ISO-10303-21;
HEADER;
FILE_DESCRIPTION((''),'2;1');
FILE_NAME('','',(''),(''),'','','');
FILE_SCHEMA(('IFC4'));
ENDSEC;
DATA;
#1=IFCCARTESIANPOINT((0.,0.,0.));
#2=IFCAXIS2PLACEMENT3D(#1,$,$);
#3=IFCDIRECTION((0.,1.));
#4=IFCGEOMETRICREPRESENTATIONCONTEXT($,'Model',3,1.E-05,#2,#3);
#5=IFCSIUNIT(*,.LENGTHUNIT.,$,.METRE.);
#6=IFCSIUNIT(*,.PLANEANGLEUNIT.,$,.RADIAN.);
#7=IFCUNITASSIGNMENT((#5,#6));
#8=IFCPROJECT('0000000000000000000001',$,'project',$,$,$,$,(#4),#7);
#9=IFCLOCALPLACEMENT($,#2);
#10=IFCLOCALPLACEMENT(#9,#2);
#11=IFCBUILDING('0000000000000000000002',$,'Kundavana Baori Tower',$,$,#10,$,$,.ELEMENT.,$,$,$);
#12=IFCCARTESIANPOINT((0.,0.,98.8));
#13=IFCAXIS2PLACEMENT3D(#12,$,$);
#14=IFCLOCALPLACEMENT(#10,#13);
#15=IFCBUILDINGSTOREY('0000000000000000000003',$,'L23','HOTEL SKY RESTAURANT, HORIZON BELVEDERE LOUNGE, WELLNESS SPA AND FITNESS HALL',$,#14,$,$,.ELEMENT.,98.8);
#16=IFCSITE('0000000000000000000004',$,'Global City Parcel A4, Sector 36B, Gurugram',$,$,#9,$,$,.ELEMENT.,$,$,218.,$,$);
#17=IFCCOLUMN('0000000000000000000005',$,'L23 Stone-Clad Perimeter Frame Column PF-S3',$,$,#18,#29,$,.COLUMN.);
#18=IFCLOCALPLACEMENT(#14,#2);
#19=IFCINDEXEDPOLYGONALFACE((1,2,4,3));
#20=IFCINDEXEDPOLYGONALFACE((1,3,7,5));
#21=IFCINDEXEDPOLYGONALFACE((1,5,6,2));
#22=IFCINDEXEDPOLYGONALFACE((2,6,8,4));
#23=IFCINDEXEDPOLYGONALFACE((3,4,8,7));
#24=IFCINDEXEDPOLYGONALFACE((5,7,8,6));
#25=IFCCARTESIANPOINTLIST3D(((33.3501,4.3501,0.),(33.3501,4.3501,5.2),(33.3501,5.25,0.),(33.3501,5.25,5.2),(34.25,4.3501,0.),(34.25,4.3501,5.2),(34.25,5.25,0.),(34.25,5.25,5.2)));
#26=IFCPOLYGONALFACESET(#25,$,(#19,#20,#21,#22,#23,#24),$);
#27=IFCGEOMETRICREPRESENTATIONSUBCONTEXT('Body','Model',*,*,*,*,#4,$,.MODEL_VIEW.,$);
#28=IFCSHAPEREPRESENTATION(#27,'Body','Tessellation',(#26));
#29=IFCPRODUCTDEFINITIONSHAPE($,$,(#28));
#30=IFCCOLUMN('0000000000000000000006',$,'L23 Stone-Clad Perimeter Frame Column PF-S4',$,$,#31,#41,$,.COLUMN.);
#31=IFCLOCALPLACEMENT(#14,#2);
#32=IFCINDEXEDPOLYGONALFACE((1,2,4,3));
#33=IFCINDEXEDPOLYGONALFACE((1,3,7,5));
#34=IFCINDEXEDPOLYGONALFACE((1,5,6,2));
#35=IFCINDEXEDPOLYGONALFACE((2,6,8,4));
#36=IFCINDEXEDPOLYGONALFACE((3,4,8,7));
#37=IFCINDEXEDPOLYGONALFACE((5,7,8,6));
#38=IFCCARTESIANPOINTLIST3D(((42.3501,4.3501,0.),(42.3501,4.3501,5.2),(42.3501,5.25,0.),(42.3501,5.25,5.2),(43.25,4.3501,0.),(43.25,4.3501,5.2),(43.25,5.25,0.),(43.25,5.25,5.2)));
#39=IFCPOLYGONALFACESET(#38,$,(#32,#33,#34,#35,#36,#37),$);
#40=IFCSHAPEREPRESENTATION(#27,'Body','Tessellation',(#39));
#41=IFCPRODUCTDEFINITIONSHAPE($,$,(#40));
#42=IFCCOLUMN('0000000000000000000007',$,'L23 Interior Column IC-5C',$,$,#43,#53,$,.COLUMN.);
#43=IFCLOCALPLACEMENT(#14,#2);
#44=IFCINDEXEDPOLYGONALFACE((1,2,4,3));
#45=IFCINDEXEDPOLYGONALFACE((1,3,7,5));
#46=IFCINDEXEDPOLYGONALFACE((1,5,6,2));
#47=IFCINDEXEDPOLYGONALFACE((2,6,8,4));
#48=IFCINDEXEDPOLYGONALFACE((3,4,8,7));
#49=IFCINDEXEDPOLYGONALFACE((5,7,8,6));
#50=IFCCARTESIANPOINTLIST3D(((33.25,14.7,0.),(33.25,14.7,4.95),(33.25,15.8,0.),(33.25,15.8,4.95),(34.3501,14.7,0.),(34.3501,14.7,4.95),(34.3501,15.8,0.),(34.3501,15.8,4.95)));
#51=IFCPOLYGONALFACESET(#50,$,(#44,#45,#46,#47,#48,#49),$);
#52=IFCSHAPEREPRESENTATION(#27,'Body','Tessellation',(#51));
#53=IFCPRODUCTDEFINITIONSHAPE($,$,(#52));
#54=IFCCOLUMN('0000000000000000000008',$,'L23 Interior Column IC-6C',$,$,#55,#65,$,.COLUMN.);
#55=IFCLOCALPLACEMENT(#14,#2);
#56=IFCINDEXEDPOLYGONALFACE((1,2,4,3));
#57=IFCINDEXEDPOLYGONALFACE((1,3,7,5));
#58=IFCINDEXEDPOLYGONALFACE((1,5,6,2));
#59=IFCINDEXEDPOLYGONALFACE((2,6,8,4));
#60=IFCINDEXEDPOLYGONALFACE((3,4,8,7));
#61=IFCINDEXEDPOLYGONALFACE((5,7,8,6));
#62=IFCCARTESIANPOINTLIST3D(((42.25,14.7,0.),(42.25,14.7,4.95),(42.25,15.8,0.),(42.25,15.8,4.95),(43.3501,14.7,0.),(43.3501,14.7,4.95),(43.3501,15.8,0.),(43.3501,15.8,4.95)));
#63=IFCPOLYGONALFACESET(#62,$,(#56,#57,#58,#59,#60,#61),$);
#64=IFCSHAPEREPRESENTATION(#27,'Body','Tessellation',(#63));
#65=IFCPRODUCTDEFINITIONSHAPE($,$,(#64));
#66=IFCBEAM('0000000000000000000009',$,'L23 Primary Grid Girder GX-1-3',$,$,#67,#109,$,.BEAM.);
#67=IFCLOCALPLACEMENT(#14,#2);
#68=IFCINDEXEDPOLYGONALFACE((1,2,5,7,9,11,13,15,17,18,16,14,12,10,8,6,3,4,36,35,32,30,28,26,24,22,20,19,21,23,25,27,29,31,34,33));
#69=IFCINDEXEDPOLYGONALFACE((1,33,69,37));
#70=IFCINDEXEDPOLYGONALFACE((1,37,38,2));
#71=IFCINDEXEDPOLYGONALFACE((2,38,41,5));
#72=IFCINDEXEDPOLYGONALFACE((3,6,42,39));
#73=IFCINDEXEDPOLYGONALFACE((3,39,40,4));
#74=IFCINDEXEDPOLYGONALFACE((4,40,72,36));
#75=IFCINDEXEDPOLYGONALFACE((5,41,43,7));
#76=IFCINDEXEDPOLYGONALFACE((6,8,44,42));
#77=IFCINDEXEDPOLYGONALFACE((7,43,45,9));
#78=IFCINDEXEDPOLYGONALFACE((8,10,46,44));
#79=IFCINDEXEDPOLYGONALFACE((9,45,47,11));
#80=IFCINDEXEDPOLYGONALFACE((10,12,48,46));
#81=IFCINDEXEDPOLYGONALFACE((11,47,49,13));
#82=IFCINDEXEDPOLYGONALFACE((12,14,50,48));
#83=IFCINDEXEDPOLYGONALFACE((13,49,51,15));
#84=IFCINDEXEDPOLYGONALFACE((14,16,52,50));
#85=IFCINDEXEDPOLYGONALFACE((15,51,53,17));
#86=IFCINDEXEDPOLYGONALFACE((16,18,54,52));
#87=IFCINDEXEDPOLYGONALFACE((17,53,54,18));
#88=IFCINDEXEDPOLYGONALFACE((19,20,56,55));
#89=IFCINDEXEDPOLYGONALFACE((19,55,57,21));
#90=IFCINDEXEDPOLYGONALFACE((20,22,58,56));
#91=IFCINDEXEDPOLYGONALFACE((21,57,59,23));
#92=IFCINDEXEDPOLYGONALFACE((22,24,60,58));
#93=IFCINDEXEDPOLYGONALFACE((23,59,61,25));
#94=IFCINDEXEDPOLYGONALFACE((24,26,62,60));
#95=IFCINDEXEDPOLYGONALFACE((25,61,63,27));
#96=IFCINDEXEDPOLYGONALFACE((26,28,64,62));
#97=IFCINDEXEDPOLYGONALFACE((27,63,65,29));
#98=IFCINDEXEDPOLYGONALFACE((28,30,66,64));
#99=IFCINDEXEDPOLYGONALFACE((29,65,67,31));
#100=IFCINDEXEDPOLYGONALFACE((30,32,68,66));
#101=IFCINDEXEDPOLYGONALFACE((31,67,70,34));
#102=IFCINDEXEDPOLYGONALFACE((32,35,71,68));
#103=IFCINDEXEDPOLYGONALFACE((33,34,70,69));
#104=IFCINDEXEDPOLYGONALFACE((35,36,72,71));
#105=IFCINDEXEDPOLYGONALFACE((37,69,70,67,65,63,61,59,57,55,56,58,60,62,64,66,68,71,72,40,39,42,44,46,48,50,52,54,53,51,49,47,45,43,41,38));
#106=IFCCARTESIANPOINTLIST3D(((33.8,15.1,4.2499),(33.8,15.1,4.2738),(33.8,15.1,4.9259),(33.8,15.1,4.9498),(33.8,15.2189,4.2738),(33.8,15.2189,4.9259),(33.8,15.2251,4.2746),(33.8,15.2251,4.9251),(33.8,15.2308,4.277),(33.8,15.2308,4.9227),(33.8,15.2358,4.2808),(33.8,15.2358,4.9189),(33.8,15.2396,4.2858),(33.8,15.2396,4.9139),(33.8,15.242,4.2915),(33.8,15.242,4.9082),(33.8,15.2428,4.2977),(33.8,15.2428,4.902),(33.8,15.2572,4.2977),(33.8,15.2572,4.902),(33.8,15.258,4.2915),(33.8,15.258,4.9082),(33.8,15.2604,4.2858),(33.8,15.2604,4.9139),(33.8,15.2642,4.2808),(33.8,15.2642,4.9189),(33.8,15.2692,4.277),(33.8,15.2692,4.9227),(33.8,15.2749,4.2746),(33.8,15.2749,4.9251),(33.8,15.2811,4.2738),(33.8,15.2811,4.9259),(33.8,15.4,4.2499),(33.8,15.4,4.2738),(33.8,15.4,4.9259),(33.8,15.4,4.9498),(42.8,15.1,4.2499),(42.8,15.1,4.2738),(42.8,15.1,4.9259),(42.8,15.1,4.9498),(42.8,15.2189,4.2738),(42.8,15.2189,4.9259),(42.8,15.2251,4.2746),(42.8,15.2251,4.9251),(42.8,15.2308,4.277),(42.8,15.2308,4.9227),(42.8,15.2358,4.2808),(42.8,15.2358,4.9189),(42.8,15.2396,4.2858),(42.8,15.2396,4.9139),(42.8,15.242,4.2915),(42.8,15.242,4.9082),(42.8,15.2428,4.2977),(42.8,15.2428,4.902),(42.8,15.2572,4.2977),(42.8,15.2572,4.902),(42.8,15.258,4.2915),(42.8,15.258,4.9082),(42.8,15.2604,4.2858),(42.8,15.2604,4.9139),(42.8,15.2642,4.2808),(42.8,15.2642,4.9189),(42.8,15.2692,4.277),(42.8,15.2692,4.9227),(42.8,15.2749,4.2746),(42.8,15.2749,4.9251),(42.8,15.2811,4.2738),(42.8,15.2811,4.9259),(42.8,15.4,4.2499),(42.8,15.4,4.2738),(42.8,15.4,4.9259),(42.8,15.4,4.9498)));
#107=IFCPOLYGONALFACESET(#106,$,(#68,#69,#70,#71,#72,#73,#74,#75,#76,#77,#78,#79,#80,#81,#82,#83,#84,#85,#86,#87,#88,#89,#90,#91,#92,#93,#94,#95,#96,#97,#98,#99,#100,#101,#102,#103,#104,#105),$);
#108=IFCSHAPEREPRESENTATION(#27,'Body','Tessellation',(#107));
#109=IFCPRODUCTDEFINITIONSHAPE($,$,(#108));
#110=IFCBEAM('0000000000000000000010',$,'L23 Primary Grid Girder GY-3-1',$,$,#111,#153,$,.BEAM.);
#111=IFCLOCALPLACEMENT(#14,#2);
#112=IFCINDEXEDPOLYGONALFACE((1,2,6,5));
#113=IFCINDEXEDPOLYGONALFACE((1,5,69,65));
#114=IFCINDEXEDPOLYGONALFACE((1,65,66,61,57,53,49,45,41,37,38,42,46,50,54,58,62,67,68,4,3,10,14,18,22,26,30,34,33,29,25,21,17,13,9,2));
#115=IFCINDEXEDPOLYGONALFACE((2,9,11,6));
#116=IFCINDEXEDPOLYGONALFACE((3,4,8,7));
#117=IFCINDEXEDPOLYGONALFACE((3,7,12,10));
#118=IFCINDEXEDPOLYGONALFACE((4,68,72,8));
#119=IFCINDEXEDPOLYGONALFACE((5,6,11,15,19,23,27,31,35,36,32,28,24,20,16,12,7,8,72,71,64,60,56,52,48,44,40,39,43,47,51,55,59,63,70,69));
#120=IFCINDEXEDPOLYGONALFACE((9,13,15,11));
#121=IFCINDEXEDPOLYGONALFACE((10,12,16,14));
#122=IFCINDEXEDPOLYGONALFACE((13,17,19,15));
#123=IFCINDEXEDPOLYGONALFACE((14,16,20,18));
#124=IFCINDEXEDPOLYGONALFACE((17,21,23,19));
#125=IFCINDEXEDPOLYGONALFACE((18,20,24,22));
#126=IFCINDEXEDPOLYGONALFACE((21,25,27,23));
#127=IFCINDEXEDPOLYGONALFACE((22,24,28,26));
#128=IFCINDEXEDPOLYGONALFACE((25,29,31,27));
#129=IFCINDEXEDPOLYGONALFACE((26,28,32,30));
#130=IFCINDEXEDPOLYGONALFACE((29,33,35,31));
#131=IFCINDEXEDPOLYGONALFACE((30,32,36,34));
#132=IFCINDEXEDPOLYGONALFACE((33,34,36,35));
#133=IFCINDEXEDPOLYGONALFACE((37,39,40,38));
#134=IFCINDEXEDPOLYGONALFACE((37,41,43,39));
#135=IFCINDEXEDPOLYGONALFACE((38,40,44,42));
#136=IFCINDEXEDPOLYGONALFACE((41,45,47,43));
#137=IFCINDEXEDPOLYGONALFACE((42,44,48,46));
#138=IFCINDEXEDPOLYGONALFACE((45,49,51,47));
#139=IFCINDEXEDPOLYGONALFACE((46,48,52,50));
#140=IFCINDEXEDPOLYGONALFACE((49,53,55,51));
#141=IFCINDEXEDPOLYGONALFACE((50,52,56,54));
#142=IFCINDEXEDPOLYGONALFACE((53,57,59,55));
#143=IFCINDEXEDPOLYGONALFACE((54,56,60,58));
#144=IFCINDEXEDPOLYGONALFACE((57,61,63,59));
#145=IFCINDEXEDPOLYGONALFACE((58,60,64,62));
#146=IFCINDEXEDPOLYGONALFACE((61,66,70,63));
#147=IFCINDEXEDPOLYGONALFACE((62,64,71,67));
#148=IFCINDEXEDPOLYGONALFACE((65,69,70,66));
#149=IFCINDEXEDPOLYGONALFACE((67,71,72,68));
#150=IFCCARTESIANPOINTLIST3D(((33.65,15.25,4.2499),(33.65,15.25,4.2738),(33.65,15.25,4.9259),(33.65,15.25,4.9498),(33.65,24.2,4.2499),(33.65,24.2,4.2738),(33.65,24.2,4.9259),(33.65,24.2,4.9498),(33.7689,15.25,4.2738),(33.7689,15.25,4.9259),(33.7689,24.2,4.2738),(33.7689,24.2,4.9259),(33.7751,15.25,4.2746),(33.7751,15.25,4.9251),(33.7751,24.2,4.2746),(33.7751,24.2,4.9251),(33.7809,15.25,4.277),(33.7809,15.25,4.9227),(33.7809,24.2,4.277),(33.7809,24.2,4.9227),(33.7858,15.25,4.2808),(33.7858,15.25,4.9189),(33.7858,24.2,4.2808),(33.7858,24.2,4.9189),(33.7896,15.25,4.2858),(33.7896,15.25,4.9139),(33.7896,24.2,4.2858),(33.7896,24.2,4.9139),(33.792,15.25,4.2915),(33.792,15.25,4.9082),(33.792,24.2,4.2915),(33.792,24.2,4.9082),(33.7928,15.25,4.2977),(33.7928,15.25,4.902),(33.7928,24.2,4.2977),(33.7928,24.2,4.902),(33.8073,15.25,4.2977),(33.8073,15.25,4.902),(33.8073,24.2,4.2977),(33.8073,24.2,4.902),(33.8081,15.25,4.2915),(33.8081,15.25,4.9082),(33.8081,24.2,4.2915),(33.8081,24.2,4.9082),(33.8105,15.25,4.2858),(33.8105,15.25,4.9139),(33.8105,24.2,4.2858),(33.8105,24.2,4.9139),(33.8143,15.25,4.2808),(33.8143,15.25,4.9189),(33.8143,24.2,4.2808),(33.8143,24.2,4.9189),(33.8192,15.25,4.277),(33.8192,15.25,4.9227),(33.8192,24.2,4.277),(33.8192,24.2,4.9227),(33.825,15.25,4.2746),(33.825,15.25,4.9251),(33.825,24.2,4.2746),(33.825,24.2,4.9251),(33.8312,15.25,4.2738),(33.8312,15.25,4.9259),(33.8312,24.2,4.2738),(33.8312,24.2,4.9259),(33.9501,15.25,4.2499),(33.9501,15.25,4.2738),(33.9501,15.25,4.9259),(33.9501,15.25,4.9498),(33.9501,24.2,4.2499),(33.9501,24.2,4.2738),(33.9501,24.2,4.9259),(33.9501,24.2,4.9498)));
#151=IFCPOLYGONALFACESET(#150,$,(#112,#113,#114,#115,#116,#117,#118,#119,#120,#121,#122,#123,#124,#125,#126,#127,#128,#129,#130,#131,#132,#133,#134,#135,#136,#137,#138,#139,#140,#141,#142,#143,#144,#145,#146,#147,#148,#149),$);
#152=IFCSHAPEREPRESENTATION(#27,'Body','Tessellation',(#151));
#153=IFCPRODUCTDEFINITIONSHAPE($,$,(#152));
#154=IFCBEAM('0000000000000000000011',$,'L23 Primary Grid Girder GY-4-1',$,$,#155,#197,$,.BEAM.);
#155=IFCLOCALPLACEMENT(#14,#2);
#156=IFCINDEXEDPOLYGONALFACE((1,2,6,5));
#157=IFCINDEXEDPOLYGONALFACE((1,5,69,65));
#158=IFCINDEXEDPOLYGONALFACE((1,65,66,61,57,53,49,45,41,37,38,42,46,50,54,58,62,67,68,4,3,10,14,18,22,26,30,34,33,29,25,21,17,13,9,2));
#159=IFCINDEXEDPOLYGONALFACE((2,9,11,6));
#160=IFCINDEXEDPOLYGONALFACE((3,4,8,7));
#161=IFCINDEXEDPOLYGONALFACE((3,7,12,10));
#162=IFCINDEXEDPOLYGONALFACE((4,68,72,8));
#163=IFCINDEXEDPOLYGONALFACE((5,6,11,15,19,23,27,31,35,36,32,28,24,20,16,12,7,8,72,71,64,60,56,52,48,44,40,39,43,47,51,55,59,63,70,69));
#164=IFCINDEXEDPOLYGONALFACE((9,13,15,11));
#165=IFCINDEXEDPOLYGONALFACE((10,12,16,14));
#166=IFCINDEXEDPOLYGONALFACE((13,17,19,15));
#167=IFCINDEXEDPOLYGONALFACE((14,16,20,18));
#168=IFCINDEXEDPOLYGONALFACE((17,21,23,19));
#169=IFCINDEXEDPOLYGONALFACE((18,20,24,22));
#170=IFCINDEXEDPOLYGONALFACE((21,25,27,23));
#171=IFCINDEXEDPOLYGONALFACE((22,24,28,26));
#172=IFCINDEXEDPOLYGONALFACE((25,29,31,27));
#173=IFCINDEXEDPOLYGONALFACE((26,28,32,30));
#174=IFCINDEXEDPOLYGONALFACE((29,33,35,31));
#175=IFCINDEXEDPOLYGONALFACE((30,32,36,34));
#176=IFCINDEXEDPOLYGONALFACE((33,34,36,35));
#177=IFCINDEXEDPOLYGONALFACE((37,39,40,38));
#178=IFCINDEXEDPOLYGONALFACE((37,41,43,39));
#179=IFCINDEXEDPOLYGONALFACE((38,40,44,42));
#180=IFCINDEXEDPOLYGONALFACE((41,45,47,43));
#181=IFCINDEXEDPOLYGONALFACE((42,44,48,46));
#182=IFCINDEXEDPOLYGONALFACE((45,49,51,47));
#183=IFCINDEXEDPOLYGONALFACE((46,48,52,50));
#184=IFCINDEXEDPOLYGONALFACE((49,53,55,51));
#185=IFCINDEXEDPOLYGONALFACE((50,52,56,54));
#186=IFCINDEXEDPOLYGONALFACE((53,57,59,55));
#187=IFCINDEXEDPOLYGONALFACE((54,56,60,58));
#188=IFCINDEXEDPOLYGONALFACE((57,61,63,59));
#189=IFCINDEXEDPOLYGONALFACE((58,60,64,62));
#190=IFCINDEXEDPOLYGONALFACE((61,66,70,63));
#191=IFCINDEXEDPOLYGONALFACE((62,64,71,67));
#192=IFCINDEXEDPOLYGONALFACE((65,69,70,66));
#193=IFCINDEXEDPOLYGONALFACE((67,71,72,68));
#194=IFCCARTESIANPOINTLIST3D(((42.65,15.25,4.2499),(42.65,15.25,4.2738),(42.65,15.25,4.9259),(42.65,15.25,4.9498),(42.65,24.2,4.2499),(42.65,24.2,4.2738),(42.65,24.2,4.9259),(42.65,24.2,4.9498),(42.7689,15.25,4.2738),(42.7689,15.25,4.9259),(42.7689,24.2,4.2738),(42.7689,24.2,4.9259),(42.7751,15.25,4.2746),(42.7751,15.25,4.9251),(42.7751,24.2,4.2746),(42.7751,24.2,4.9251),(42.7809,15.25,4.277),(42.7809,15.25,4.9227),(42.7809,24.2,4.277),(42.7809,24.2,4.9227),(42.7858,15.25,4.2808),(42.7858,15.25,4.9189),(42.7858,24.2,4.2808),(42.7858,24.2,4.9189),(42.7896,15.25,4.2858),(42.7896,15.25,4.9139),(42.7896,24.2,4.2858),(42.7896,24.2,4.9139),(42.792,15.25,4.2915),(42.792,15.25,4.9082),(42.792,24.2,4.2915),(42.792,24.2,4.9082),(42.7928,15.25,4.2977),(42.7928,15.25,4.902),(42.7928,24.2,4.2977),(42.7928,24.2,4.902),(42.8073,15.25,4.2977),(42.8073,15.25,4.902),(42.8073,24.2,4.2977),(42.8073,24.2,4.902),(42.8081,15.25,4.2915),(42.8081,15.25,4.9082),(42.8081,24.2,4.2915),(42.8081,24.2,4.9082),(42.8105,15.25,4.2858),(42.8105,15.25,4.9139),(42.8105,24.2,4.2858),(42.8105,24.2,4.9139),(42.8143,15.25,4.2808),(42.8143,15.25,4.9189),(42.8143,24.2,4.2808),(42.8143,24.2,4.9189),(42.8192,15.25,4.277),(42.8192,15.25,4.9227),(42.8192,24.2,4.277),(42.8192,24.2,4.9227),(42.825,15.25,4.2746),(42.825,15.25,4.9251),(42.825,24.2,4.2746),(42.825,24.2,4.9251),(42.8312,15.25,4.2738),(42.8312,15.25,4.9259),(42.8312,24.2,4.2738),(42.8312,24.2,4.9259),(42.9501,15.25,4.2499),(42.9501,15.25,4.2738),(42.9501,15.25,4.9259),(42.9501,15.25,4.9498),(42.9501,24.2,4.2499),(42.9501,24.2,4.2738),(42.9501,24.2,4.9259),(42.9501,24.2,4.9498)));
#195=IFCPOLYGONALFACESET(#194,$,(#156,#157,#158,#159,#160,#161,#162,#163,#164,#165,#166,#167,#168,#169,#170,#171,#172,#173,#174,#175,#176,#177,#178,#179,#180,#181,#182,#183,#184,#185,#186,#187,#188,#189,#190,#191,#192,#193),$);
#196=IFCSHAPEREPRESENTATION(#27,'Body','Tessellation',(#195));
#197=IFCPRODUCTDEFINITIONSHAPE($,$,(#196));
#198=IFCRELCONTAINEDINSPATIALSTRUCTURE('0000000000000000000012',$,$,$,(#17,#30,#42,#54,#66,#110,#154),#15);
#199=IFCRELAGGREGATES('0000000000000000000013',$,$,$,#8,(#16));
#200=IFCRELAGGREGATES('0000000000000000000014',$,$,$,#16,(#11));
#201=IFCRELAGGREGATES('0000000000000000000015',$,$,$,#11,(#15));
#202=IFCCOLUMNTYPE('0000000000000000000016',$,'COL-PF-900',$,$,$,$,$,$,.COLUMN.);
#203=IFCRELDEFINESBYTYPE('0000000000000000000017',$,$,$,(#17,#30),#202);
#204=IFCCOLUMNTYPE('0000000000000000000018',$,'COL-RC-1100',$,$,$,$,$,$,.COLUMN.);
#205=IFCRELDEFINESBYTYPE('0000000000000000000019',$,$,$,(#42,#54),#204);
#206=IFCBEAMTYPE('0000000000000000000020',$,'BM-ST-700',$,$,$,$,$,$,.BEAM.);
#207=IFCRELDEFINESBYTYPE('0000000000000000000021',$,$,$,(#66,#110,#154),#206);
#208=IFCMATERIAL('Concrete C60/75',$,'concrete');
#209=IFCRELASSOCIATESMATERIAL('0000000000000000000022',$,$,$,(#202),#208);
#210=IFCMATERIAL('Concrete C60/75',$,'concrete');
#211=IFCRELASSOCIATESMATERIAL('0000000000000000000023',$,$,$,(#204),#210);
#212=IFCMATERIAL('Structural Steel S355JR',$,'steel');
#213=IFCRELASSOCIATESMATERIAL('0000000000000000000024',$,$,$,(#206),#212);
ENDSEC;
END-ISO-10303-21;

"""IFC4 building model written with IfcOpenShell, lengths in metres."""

from ifc_helpers import new_model, si_unit, direction, frame, origin, origin_2d, place, context, subcontext, project, spatial, rectangle, i_section, extrude, material, material_profile, profile_set, type_object, element, save


model = new_model("IFC4")

# Units and contexts
model_context = context("Model", 3, precision=1e-05, world=origin(), true_north=direction((0.0, 1.0)))
body_context = subcontext(model_context, "Body", "Model", "MODEL_VIEW")
ifc_project = project(units=[si_unit("LENGTHUNIT", "METRE"), si_unit("PLANEANGLEUNIT", "RADIAN")], contexts=[model_context])

# Site, building, storey
site_placement = place(None, origin())
site = spatial("IfcSite", under=ifc_project, at=site_placement, Name="Global City Parcel A4, Sector 36B, Gurugram", CompositionType="ELEMENT", RefElevation=218.0)
building_placement = place(site_placement, origin())
building = spatial("IfcBuilding", under=site, at=building_placement, Name="Kundavana Baori Tower", CompositionType="ELEMENT")
storey_placement = place(building_placement, frame((0.0, 0.0, 98.8)))
storey = spatial("IfcBuildingStorey", under=building, at=storey_placement, Name="L23", Description="HOTEL SKY RESTAURANT, HORIZON BELVEDERE LOUNGE, WELLNESS SPA AND FITNESS HALL", CompositionType="ELEMENT", Elevation=98.8)

# Columns
ifc_material_1 = material(Name="Concrete C60/75", Category="concrete")
ifc_material_profile_1 = material_profile(ifc_material_1, rectangle(XDim=0.8999, YDim=0.8999, at=origin_2d()), Name="RC PF 900x900")
ifc_profile_set_1 = profile_set([ifc_material_profile_1], Name="Concrete C60/75")
column_type_1 = type_object("IfcColumnType", Name="COL-PF-900", PredefinedType="COLUMN", material=ifc_profile_set_1)
for number, where, z_axis, x_axis, name in (
    (1, (33.8, 4.8, 0.0), (0.0, 0.0, 1.0), (1.0, 0.0, 0.0), "L23 Stone-Clad Perimeter Frame Column PF-S3"),
    (2, (42.8, 4.8, 0.0), (0.0, 0.0, 1.0), (1.0, 0.0, 0.0), "L23 Stone-Clad Perimeter Frame Column PF-S4"),
):
    element("IfcColumn", number, at=place(storey_placement, frame(where, z_axis=z_axis, x_axis=x_axis)), inside=storey, type_object=column_type_1, Name=name, PredefinedType="COLUMN", context=body_context, shape_type="SweptSolid", body=[
        extrude(rectangle(XDim=0.8999, YDim=0.8999, at=origin_2d()), origin(), (0.0, 0.0, 1.0), 5.2),
    ])
ifc_material_2 = material(Name="Concrete C60/75", Category="concrete")
ifc_material_profile_2 = material_profile(ifc_material_2, rectangle(XDim=1.1001, YDim=1.1001, at=origin_2d()), Name="RC 1100x1100")
ifc_profile_set_2 = profile_set([ifc_material_profile_2], Name="Concrete C60/75")
column_type_2 = type_object("IfcColumnType", Name="COL-RC-1100", PredefinedType="COLUMN", material=ifc_profile_set_2)
for number, where, z_axis, x_axis, name in (
    (3, (33.8, 15.25, 0.0), (0.0, 0.0, 1.0), (1.0, 0.0, 0.0), "L23 Interior Column IC-5C"),
    (4, (42.8, 15.25, 0.0), (0.0, 0.0, 1.0), (1.0, 0.0, 0.0), "L23 Interior Column IC-6C"),
):
    element("IfcColumn", number, at=place(storey_placement, frame(where, z_axis=z_axis, x_axis=x_axis)), inside=storey, type_object=column_type_2, Name=name, PredefinedType="COLUMN", context=body_context, shape_type="SweptSolid", body=[
        extrude(rectangle(XDim=1.1001, YDim=1.1001, at=origin_2d()), origin(), (0.0, 0.0, 1.0), 4.95),
    ])

# Beams
ifc_material_3 = material(Name="Structural Steel S355JR", Category="steel")
ifc_material_profile_3 = material_profile(ifc_material_3, i_section(OverallWidth=0.3, OverallDepth=0.7, WebThickness=0.0144, FlangeThickness=0.0239, FilletRadius=0.0239, at=origin_2d()), Name="NPB 700x300x170")
ifc_profile_set_3 = profile_set([ifc_material_profile_3], Name="Structural Steel S355JR")
beam_type_1 = type_object("IfcBeamType", Name="BM-ST-700", PredefinedType="BEAM", material=ifc_profile_set_3)
beam_1_placement = place(storey_placement, frame((33.8, 15.25, 4.5999), z_axis=(1.0, 0.0, 0.0), x_axis=(0.0, 1.0, 0.0)))
element("IfcBeam", 5, at=beam_1_placement, inside=storey, type_object=beam_type_1, Name="L23 Primary Grid Girder GX-1-3", PredefinedType="BEAM", context=body_context, shape_type="SweptSolid", body=[
    extrude(i_section(OverallWidth=0.3, OverallDepth=0.7, WebThickness=0.0144, FlangeThickness=0.0239, FilletRadius=0.0239, at=origin_2d()), origin(), (0.0, 0.0, 1.0), 9.0),
])
for number, where, z_axis, x_axis, name in (
    (6, (33.8, 15.25, 4.5999), (0.0, 1.0, 0.0), (-1.0, 0.0, 0.0), "L23 Primary Grid Girder GY-3-1"),
    (7, (42.8, 15.25, 4.5999), (0.0, 1.0, 0.0), (-1.0, 0.0, 0.0), "L23 Primary Grid Girder GY-4-1"),
):
    element("IfcBeam", number, at=place(storey_placement, frame(where, z_axis=z_axis, x_axis=x_axis)), inside=storey, type_object=beam_type_1, Name=name, PredefinedType="BEAM", context=body_context, shape_type="SweptSolid", body=[
        extrude(i_section(OverallWidth=0.3, OverallDepth=0.7, WebThickness=0.0144, FlangeThickness=0.0239, FilletRadius=0.0239, at=origin_2d()), origin(), (0.0, 0.0, 1.0), 8.95),
    ])

save(model, "model.ifc")
